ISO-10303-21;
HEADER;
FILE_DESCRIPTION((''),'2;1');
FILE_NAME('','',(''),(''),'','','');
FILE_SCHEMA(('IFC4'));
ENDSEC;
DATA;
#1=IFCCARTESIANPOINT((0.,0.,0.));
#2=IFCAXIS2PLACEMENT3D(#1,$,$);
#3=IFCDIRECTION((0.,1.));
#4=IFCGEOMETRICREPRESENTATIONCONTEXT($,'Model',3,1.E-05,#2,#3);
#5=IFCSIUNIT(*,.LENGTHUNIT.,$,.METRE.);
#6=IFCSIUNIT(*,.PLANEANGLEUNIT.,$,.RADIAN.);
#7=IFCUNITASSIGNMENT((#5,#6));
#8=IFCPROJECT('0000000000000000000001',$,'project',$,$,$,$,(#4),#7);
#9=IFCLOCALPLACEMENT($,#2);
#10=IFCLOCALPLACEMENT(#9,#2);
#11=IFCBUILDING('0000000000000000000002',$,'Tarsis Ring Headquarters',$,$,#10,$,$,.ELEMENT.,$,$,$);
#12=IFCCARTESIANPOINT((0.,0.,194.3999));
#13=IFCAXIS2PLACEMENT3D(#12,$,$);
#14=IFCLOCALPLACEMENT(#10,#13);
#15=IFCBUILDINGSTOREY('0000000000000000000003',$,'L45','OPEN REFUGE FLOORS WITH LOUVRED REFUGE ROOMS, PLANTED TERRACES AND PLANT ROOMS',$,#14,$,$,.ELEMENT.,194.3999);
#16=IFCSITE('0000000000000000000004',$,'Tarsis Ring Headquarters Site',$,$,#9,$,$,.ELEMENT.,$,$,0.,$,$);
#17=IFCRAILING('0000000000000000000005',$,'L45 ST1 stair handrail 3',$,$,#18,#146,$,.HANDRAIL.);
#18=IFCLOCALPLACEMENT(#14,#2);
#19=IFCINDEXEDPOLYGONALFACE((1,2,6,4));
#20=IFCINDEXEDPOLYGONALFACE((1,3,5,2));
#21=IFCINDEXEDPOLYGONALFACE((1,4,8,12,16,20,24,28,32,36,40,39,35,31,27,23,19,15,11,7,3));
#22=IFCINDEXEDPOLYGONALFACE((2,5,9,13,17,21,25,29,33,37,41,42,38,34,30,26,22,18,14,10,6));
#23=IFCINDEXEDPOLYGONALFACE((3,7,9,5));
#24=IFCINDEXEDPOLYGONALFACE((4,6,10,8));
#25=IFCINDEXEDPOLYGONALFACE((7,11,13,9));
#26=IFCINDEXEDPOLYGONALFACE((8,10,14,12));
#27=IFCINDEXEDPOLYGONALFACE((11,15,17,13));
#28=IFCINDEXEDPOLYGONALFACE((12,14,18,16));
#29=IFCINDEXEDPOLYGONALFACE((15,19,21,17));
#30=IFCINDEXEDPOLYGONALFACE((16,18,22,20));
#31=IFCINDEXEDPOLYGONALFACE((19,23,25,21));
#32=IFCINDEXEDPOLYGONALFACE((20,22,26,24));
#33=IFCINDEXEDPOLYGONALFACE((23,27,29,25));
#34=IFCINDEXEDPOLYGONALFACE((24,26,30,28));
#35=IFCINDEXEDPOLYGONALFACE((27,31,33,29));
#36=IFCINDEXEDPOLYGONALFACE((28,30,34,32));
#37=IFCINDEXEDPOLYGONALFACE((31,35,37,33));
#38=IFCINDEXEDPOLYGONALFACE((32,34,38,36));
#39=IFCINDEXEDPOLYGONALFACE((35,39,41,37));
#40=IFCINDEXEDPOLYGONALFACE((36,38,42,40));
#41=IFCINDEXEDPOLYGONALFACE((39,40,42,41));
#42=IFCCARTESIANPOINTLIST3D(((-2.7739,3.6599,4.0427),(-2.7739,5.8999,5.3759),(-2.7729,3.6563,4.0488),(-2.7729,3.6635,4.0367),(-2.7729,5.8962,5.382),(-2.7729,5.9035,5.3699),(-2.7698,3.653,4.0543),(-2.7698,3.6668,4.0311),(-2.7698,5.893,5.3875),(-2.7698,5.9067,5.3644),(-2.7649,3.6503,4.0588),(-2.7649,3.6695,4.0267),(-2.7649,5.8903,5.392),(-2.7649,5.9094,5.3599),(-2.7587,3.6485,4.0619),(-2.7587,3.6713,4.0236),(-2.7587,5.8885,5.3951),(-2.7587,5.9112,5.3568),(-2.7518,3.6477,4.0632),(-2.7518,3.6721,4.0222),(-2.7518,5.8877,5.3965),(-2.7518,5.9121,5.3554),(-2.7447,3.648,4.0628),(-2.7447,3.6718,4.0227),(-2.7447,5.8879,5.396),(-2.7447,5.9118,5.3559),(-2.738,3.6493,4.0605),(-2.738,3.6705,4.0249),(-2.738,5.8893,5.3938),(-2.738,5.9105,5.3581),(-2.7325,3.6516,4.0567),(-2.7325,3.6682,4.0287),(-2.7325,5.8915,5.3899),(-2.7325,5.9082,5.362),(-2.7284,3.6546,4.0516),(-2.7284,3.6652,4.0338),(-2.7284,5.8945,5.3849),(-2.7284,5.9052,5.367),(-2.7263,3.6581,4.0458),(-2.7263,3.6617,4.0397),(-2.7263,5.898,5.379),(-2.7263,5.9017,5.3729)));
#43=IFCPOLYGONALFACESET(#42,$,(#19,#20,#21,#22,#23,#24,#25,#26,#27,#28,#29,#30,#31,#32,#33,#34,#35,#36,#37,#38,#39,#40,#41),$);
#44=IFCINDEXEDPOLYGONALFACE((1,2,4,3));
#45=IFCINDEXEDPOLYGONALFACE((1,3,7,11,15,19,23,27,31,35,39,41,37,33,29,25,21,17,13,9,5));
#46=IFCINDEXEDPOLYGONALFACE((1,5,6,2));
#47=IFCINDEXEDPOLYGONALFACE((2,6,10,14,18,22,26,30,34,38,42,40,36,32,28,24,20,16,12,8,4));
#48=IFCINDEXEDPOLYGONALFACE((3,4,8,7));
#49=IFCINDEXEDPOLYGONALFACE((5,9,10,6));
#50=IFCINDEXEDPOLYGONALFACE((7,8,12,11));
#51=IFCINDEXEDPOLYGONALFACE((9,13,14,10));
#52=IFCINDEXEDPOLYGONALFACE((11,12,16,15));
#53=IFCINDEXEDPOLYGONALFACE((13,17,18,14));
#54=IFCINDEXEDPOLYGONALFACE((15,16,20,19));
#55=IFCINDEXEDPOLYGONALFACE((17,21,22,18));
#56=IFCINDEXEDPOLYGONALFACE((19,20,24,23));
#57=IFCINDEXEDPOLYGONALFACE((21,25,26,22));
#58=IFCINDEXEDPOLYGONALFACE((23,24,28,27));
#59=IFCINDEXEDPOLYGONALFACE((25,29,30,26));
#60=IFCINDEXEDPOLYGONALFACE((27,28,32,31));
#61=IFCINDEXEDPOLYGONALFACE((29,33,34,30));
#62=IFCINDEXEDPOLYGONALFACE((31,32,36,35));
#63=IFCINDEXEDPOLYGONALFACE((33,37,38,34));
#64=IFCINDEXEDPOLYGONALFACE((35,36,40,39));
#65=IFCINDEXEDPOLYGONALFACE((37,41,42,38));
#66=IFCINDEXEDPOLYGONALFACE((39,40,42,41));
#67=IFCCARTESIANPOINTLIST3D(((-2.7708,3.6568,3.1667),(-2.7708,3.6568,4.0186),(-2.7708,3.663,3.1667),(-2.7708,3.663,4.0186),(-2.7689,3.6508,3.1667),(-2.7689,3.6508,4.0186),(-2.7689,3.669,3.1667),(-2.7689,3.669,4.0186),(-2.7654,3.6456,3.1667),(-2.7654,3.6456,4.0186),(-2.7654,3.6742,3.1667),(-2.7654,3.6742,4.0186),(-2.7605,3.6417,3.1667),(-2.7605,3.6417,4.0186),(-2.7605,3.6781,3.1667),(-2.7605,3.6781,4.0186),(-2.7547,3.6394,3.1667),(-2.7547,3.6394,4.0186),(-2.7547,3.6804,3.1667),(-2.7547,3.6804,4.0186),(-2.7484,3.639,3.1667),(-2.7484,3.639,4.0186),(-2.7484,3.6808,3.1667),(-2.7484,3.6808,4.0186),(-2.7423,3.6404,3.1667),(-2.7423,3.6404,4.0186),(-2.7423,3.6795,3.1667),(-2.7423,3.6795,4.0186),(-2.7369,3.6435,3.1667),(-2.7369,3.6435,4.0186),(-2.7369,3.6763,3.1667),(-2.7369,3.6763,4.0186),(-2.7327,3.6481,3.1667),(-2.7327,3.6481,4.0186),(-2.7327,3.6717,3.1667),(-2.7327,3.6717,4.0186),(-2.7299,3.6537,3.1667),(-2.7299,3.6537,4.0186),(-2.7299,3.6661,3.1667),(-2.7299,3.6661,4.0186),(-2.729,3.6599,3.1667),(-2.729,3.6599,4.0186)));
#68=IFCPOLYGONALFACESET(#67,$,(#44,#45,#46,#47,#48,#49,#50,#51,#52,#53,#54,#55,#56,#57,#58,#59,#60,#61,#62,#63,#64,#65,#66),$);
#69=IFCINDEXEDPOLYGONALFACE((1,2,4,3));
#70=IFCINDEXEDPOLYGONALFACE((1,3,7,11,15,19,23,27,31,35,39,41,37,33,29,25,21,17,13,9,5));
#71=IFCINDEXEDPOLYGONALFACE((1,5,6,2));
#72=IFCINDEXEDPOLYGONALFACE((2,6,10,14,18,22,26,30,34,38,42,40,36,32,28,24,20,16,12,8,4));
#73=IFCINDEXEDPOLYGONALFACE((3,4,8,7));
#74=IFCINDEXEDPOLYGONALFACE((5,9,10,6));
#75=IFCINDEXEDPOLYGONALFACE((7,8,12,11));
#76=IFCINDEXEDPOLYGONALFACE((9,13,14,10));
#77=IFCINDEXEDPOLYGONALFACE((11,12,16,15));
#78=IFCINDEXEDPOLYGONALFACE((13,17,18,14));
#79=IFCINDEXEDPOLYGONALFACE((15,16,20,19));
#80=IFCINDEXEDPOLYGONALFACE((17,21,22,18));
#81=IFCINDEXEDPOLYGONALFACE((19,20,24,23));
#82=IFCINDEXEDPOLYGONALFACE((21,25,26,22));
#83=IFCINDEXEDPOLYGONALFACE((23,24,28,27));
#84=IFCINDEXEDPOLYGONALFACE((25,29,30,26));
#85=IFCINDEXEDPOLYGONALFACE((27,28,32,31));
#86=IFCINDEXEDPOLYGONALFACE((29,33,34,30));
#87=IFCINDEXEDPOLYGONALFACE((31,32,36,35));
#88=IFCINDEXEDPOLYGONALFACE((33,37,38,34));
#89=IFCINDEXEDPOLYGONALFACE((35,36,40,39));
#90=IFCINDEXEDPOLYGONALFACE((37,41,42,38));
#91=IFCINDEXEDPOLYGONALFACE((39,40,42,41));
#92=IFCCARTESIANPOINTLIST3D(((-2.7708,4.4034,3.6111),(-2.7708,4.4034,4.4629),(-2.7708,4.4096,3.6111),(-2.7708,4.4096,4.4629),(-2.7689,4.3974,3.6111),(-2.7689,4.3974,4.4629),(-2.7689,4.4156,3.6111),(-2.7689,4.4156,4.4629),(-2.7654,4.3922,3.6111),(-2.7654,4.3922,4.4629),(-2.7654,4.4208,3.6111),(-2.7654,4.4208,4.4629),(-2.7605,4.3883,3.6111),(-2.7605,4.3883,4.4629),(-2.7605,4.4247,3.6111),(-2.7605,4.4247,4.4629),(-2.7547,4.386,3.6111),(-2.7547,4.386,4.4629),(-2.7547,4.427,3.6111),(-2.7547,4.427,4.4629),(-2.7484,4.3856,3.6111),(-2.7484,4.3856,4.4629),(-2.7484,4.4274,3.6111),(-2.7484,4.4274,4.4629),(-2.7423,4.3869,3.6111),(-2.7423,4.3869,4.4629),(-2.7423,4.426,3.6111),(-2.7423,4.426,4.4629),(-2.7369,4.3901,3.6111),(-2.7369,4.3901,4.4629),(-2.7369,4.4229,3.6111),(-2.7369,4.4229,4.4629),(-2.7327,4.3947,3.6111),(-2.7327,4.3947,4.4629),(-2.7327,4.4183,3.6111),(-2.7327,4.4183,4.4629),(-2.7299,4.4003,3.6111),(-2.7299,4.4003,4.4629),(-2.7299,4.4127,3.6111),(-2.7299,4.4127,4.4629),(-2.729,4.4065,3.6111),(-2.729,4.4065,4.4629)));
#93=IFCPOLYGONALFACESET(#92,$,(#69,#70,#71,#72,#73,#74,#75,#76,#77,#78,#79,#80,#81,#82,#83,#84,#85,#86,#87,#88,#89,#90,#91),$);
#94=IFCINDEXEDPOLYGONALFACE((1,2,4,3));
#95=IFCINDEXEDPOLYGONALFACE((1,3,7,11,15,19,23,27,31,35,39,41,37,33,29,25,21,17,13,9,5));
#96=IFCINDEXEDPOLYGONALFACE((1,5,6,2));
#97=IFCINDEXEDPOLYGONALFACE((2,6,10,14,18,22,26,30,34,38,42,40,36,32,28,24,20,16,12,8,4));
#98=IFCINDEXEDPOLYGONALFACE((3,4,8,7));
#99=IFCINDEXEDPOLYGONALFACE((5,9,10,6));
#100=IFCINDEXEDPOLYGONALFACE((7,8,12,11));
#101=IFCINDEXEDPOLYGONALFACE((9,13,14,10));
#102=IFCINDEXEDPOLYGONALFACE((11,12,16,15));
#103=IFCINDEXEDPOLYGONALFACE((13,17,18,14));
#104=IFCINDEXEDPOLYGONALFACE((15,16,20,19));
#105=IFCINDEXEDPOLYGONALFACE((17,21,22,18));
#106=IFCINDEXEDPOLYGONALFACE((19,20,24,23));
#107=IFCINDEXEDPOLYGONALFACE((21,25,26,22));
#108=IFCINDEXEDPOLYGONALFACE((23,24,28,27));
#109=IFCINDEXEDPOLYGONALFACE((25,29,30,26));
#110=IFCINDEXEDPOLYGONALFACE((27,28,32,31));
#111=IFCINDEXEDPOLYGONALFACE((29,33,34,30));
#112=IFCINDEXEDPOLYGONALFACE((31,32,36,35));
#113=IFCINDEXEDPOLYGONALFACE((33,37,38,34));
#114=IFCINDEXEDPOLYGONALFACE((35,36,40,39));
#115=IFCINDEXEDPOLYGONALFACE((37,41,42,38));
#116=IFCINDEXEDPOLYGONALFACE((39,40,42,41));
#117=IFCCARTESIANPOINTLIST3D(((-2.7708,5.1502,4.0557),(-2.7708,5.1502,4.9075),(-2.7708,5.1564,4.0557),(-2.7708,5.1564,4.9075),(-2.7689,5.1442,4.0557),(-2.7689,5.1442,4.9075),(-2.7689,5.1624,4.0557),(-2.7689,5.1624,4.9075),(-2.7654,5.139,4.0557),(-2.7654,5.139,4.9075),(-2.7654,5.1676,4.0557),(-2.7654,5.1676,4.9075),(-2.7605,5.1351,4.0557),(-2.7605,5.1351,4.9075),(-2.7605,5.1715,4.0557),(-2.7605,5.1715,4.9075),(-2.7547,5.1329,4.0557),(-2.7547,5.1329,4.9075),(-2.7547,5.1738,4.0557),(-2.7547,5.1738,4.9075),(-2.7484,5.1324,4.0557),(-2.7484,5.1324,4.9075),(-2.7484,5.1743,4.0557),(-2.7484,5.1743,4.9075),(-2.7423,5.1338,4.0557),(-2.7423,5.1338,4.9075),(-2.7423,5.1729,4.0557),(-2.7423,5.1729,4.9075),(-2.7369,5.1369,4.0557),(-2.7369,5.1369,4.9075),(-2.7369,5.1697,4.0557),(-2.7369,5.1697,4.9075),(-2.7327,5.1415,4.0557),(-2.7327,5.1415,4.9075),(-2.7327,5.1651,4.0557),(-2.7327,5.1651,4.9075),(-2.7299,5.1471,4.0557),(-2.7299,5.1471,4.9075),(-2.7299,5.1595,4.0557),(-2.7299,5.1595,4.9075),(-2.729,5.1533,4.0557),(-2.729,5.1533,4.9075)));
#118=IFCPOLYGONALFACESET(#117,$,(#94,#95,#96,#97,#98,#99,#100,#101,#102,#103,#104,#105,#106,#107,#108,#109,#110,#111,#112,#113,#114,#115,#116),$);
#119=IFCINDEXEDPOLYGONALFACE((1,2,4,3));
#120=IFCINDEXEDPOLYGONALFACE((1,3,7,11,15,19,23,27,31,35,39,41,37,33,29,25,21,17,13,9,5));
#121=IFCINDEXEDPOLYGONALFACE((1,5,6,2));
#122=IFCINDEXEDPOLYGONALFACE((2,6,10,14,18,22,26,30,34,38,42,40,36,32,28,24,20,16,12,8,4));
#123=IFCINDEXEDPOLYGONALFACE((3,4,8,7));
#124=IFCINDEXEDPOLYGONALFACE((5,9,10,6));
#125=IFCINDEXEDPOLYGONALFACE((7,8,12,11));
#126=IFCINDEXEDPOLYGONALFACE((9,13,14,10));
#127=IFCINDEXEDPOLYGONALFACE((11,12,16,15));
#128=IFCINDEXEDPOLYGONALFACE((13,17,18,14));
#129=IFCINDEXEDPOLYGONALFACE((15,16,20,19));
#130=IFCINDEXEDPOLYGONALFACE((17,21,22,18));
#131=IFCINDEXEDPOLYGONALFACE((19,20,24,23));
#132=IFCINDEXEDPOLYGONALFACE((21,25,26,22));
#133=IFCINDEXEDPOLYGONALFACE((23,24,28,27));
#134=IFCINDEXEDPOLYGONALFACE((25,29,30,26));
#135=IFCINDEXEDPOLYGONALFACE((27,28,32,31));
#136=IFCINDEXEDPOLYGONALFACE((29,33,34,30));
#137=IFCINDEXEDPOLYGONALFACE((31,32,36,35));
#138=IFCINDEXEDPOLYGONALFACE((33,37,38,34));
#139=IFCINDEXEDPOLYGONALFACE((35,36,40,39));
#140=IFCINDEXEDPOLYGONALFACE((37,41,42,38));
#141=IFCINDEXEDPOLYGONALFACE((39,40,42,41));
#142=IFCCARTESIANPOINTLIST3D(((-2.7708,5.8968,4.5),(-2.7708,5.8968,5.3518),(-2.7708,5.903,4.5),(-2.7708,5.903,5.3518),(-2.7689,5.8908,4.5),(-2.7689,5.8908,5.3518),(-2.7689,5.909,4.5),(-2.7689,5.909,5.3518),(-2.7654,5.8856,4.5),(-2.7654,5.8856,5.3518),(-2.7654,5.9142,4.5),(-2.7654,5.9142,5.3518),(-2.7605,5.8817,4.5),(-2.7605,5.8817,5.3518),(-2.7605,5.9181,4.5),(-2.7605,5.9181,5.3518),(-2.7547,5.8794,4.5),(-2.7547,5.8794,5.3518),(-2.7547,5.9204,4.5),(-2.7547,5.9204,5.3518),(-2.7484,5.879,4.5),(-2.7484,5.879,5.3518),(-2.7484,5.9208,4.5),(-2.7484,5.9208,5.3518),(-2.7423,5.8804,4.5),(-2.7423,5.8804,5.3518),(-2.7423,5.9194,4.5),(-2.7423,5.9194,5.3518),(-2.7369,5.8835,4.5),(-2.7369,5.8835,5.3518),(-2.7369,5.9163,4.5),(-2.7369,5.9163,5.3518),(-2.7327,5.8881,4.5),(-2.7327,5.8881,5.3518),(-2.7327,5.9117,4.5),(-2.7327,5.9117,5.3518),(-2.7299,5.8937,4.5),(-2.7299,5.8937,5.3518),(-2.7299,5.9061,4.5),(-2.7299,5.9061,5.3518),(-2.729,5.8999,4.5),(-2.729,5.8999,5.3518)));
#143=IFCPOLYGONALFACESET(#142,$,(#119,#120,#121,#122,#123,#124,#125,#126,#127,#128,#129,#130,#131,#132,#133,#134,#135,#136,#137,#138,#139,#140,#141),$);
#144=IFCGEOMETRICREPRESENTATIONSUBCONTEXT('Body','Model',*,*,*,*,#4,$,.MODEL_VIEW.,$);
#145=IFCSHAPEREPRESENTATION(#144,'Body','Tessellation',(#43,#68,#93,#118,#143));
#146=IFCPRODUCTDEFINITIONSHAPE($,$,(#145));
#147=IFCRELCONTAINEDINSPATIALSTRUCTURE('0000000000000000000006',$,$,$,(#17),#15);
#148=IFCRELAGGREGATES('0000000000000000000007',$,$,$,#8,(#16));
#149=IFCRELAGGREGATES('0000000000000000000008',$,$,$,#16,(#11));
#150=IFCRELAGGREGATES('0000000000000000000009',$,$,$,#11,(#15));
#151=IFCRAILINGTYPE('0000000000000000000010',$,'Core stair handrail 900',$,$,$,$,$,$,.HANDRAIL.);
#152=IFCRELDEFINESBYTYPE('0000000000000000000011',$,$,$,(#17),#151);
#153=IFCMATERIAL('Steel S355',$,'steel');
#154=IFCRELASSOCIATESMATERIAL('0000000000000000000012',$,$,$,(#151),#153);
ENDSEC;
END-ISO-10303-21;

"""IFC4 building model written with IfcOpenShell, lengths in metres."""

from ifc_helpers import new_model, si_unit, direction, frame, origin, origin_2d, place, context, subcontext, project, spatial, circle, extrude, material, type_object, element, save


model = new_model("IFC4")

# Units and contexts
model_context = context("Model", 3, precision=1e-05, world=origin(), true_north=direction((0.0, 1.0)))
body_context = subcontext(model_context, "Body", "Model", "MODEL_VIEW")
ifc_project = project(units=[si_unit("LENGTHUNIT", "METRE"), si_unit("PLANEANGLEUNIT", "RADIAN")], contexts=[model_context])

# Site, building, storey
site_placement = place(None, origin())
site = spatial("IfcSite", under=ifc_project, at=site_placement, Name="Tarsis Ring Headquarters Site", CompositionType="ELEMENT", RefElevation=0.0)
building_placement = place(site_placement, origin())
building = spatial("IfcBuilding", under=site, at=building_placement, Name="Tarsis Ring Headquarters", CompositionType="ELEMENT")
storey_placement = place(building_placement, frame((0.0, 0.0, 194.3999)))
storey = spatial("IfcBuildingStorey", under=building, at=storey_placement, Name="L45", Description="OPEN REFUGE FLOORS WITH LOUVRED REFUGE ROOMS, PLANTED TERRACES AND PLANT ROOMS", CompositionType="ELEMENT", Elevation=194.3999)

# Shared definitions
ifc_material_1 = material(Name="Steel S355", Category="steel")

# Railing
railing_type_1 = type_object("IfcRailingType", Name="Core stair handrail 900", PredefinedType="HANDRAIL", material=ifc_material_1)
for number, where, name in (
    (1, (-2.75, 3.6599, 3.1667), "L45 ST1 stair handrail 3"),
):
    element("IfcRailing", number, at=place(storey_placement, frame(where)), inside=storey, type_object=railing_type_1, Name=name, PredefinedType="HANDRAIL", context=body_context, shape_type="SweptSolid", body=[
        extrude(circle(Radius=0.0239, at=origin_2d()), frame((0.0, 0.0, 0.876), z_axis=(0.0, 0.859306, 0.511462), x_axis=(-1.0, 0.0, 0.0)), (0.0, 0.0, 1.0), 2.6067),
        extrude(circle(Radius=0.021, at=origin_2d()), origin(), (0.0, 0.0, 1.0), 0.8518),
        extrude(circle(Radius=0.021, at=origin_2d()), frame((0.0, 0.7466, 0.4443)), (0.0, 0.0, 1.0), 0.8518),
        extrude(circle(Radius=0.021, at=origin_2d()), frame((0.0, 1.4934, 0.8889)), (0.0, 0.0, 1.0), 0.8518),
        extrude(circle(Radius=0.021, at=origin_2d()), frame((0.0, 2.24, 1.3333)), (0.0, 0.0, 1.0), 0.8518),
    ])

save(model, "model.ifc")
